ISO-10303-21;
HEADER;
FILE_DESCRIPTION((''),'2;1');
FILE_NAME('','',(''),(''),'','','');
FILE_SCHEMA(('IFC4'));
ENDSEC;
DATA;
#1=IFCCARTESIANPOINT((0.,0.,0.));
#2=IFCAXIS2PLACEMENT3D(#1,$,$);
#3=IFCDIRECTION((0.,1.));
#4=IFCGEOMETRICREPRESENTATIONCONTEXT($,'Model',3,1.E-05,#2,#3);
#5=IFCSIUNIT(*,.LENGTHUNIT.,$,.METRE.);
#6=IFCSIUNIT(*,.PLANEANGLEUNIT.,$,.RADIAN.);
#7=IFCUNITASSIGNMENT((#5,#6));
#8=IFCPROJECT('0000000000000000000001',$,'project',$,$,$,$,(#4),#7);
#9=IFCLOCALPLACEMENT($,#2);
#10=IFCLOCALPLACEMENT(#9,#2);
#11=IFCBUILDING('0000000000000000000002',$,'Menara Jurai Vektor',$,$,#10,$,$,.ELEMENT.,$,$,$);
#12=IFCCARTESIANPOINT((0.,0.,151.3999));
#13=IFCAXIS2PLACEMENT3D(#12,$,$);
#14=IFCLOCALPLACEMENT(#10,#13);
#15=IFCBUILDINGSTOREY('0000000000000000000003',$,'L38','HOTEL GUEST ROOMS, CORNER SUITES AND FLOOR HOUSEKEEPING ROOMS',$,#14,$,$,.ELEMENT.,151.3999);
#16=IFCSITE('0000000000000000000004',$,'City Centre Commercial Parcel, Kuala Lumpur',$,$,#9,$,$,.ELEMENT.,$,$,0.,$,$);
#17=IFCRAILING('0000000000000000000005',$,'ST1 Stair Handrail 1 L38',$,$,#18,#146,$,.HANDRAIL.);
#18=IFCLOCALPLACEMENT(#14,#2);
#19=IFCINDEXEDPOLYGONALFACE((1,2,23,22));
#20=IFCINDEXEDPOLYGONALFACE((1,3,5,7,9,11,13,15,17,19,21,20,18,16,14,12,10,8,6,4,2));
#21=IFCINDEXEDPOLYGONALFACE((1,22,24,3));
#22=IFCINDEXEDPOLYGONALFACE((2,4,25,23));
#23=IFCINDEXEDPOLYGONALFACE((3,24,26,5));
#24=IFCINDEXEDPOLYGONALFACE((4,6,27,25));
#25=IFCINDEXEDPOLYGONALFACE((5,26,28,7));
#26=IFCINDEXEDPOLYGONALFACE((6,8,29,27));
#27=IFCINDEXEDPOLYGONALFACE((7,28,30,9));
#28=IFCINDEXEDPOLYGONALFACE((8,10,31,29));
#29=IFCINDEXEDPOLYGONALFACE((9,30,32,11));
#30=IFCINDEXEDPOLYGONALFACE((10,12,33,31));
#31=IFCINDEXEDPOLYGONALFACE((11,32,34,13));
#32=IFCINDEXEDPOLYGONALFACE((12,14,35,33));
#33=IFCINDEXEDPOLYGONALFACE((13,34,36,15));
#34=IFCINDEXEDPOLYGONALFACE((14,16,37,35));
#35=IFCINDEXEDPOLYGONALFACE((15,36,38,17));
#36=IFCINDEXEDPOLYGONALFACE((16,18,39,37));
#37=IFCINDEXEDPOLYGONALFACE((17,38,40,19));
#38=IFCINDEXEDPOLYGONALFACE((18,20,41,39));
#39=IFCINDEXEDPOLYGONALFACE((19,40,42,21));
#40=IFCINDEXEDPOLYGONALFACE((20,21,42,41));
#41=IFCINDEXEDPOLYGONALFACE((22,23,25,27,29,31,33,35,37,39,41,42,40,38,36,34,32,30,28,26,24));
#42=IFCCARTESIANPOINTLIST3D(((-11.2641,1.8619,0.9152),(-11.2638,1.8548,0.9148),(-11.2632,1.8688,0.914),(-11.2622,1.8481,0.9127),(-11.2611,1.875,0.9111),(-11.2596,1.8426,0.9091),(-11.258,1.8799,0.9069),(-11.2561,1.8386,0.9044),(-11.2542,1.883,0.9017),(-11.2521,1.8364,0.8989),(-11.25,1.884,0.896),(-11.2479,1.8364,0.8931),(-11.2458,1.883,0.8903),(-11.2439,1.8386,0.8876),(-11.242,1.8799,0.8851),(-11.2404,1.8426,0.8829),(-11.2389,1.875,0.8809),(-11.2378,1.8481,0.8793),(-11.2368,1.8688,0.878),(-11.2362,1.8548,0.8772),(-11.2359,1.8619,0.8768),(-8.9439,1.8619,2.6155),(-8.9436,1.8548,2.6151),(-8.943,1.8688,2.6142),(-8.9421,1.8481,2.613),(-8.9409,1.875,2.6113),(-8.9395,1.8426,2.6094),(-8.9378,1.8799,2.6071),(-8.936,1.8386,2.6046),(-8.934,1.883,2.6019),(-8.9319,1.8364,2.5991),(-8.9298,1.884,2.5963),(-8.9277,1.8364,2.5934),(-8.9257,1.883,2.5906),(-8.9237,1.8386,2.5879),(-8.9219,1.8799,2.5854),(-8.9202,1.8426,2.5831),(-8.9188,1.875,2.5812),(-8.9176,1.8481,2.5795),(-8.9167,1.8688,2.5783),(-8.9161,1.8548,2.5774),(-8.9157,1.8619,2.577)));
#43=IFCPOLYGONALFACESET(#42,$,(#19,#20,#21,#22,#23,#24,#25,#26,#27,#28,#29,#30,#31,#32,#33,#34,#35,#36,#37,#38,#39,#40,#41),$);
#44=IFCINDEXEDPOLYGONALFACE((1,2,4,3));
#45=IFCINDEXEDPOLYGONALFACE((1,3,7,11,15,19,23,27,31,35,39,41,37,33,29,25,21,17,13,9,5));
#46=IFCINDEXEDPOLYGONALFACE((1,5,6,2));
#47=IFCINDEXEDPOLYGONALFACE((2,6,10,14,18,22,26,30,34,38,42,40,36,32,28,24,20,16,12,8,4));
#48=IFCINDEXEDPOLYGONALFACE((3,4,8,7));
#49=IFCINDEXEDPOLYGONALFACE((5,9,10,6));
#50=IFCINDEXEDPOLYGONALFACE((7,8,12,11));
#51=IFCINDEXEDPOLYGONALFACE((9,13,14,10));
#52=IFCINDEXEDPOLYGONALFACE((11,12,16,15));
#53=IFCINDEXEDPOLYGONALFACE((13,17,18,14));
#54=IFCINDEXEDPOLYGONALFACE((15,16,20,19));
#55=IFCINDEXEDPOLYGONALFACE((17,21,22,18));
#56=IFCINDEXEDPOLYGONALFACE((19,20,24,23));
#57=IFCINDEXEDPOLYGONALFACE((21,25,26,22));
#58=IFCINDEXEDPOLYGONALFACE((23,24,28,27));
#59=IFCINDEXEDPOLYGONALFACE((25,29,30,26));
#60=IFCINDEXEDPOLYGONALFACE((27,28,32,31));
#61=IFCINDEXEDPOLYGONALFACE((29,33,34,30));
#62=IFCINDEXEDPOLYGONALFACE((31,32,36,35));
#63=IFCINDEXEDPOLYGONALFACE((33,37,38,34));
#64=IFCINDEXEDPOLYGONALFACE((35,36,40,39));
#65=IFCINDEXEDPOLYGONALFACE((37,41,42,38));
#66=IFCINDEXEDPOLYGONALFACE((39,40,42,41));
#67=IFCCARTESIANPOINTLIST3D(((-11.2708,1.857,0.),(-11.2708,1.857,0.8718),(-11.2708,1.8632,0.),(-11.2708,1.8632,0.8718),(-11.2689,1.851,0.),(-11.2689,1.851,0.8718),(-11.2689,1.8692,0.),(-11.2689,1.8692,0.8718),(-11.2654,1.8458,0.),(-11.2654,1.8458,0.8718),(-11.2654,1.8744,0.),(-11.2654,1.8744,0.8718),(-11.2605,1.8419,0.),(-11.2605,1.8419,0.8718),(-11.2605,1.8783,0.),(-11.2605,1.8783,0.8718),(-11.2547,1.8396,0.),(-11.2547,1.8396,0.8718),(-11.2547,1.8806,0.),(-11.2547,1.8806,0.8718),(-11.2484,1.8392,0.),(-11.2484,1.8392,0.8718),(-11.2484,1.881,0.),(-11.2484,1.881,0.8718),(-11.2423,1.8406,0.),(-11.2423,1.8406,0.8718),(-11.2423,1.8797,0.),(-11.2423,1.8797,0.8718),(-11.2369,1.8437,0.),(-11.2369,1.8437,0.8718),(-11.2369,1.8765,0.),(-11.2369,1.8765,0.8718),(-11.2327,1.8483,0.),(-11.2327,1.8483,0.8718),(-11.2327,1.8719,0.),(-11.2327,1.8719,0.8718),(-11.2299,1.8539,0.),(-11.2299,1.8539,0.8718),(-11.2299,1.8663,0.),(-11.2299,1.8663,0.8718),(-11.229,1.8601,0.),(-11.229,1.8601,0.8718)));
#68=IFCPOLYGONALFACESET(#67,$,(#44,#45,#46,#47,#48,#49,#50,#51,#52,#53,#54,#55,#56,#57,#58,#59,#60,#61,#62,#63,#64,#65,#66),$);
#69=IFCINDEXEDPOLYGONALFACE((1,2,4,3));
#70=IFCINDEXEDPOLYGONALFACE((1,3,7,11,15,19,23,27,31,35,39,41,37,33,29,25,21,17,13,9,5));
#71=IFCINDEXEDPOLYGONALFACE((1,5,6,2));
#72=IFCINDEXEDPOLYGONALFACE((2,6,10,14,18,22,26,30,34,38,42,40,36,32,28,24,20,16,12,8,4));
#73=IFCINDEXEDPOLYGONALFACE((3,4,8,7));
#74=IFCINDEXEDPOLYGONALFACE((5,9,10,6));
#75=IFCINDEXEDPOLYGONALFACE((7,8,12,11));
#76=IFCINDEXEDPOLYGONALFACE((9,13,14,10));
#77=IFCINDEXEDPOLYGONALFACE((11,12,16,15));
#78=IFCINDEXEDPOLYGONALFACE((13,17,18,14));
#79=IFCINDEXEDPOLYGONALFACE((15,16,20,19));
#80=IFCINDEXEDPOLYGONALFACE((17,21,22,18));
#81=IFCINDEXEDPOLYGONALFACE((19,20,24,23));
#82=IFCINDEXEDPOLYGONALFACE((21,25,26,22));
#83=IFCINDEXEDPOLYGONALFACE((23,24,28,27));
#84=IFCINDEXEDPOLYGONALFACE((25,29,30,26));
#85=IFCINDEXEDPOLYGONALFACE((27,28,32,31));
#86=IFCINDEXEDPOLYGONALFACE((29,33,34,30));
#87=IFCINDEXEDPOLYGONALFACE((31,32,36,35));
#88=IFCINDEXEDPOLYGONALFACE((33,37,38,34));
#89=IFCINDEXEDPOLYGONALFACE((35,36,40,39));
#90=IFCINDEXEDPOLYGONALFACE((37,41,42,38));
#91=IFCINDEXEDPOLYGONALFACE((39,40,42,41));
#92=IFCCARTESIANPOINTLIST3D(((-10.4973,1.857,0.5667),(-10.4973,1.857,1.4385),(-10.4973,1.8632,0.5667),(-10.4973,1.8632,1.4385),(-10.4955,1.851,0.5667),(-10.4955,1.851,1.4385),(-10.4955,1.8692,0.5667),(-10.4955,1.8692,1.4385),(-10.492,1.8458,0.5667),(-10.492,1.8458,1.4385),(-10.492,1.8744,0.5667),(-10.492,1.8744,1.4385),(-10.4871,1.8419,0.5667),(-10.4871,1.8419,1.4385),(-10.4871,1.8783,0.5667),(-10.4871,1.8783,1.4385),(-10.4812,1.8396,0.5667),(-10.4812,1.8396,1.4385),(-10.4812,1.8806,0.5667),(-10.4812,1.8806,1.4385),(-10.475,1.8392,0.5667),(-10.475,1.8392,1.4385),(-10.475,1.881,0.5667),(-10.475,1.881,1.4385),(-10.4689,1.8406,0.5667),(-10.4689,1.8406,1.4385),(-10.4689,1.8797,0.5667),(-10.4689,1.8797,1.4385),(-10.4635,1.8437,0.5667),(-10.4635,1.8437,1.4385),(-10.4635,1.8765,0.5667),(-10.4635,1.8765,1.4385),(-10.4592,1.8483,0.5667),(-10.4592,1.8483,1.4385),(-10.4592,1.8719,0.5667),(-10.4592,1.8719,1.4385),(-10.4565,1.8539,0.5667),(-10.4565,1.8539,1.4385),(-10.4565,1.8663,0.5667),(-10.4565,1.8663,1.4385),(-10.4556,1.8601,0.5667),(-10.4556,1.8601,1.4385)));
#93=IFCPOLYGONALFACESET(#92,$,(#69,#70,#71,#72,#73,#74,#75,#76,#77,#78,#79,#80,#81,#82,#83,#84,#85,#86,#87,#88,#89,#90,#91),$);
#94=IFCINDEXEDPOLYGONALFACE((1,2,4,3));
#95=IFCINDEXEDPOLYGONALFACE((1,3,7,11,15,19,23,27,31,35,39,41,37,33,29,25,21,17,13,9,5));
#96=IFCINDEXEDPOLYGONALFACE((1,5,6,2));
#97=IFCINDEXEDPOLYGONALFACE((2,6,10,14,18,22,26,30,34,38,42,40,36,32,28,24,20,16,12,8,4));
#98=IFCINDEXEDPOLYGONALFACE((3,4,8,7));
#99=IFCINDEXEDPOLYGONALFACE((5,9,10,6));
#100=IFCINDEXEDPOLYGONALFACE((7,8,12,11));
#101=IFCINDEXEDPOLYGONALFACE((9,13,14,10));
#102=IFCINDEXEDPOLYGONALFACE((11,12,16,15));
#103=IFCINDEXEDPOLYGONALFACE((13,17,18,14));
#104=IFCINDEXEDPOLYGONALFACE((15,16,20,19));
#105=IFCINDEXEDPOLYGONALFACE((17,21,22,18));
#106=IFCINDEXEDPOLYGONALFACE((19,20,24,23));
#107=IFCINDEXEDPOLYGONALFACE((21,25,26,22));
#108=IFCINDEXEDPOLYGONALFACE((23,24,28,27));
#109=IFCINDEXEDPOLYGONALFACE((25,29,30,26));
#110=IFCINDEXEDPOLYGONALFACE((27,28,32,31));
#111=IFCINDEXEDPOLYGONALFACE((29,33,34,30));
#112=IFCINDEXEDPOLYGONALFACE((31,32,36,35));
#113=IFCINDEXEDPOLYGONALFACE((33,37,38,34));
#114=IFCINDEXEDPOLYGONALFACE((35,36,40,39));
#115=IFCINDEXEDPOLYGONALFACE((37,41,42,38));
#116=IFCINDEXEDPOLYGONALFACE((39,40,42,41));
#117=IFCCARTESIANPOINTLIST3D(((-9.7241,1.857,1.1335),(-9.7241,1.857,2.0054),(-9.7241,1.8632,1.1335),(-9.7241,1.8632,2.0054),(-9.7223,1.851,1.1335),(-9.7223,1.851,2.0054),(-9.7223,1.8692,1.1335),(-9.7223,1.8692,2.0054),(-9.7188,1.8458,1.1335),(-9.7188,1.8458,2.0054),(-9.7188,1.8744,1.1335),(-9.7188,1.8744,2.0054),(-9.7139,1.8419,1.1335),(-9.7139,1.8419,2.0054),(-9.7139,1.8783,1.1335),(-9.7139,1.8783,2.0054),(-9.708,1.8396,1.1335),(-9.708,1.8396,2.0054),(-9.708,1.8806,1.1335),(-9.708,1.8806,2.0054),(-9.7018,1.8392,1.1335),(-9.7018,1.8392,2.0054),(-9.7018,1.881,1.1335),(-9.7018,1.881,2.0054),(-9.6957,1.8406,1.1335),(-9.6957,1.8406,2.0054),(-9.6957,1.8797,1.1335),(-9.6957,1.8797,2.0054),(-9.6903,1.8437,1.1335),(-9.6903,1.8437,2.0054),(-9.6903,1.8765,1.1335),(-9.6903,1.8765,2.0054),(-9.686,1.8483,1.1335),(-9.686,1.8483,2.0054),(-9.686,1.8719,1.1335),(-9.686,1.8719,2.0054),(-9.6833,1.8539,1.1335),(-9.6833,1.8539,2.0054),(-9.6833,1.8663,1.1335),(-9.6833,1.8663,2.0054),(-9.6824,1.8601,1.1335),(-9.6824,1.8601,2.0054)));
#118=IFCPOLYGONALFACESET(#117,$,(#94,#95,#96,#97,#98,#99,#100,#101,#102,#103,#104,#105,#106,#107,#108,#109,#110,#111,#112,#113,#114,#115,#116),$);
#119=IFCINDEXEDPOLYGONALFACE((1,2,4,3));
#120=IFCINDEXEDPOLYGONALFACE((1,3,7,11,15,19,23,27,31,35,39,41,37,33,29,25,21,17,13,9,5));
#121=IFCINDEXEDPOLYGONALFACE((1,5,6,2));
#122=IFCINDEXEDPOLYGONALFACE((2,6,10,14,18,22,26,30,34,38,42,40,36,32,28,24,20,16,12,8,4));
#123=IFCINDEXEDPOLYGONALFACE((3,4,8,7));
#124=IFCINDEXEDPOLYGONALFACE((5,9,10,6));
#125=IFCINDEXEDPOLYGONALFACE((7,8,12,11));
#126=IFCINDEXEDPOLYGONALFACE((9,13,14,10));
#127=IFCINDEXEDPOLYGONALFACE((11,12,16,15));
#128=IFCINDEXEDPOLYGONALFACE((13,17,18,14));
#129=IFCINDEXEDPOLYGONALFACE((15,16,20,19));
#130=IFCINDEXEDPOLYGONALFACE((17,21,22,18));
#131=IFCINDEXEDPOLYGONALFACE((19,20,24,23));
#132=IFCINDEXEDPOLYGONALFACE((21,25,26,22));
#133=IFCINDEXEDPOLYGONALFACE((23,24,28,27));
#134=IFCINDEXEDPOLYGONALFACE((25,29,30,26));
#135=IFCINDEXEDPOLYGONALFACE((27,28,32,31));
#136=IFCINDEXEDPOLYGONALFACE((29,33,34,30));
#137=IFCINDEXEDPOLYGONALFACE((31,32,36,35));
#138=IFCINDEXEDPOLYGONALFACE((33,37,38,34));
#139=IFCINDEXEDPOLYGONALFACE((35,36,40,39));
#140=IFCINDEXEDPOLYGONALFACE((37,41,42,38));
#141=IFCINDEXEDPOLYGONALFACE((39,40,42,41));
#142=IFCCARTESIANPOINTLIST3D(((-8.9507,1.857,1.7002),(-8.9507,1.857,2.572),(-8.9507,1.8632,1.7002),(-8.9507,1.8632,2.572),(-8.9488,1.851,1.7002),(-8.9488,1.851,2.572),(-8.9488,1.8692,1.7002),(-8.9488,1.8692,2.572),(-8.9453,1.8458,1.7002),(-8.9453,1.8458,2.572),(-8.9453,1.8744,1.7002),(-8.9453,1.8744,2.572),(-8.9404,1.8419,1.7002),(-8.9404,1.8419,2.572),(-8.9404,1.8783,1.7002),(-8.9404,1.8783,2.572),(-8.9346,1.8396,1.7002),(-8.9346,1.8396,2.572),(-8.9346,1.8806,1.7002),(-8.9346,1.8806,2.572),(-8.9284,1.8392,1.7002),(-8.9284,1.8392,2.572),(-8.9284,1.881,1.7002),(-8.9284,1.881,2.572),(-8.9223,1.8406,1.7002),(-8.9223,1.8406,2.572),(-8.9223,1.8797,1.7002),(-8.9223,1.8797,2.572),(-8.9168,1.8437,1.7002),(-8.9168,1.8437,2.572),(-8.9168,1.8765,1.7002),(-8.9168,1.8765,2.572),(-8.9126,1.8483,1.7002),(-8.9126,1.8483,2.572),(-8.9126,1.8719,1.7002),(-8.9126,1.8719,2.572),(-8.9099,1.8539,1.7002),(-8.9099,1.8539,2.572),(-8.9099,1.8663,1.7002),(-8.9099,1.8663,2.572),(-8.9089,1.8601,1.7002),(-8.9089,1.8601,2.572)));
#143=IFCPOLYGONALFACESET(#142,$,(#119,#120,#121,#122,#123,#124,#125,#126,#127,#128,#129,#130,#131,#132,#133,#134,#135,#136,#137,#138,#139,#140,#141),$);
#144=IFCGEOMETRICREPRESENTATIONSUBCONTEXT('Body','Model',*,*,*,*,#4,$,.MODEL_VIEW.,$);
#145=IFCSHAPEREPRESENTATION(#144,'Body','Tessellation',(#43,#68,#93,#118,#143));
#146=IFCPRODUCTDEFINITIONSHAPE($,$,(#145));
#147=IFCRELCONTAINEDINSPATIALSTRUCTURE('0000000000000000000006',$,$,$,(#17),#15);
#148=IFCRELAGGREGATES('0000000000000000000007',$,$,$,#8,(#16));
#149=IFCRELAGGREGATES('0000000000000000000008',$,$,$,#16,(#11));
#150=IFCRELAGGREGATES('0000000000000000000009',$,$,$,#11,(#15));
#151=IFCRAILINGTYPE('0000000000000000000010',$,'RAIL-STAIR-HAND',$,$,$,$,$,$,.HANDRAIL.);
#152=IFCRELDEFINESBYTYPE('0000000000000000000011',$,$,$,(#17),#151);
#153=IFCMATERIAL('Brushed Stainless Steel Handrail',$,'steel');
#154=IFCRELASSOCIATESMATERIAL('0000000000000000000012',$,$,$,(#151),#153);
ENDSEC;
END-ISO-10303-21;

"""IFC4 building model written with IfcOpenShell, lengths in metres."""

from ifc_helpers import new_model, si_unit, direction, frame, origin, origin_2d, place, context, subcontext, project, spatial, circle, extrude, material, type_object, element, save


model = new_model("IFC4")

# Units and contexts
model_context = context("Model", 3, precision=1e-05, world=origin(), true_north=direction((0.0, 1.0)))
body_context = subcontext(model_context, "Body", "Model", "MODEL_VIEW")
ifc_project = project(units=[si_unit("LENGTHUNIT", "METRE"), si_unit("PLANEANGLEUNIT", "RADIAN")], contexts=[model_context])

# Site, building, storey
site_placement = place(None, origin())
site = spatial("IfcSite", under=ifc_project, at=site_placement, Name="City Centre Commercial Parcel, Kuala Lumpur", CompositionType="ELEMENT", RefElevation=0.0)
building_placement = place(site_placement, origin())
building = spatial("IfcBuilding", under=site, at=building_placement, Name="Menara Jurai Vektor", CompositionType="ELEMENT")
storey_placement = place(building_placement, frame((0.0, 0.0, 151.3999)))
storey = spatial("IfcBuildingStorey", under=building, at=storey_placement, Name="L38", Description="HOTEL GUEST ROOMS, CORNER SUITES AND FLOOR HOUSEKEEPING ROOMS", CompositionType="ELEMENT", Elevation=151.3999)

# Railing
ifc_material_1 = material(Name="Brushed Stainless Steel Handrail", Category="steel")
railing_type_1 = type_object("IfcRailingType", Name="RAIL-STAIR-HAND", PredefinedType="HANDRAIL", material=ifc_material_1)
railing_1_placement = place(storey_placement, frame((-11.25, 1.8601, 0.0)))
element("IfcRailing", 1, at=railing_1_placement, inside=storey, type_object=railing_type_1, Name="ST1 Stair Handrail 1 L38", PredefinedType="HANDRAIL", context=body_context, shape_type="SweptSolid", body=[
    extrude(circle(Radius=0.0239, at=origin_2d()), frame((0.0, 0.0, 0.896), z_axis=(0.806602, 0.0, 0.591095), x_axis=(0.0, 1.0, 0.0)), (0.0, 0.0, 1.0), 2.8765),
    extrude(circle(Radius=0.021, at=origin_2d()), origin(), (0.0, 0.0, 1.0), 0.8718),
    extrude(circle(Radius=0.021, at=origin_2d()), frame((0.7734, 0.0, 0.5667)), (0.0, 0.0, 1.0), 0.8718),
    extrude(circle(Radius=0.021, at=origin_2d()), frame((1.5466, 0.0, 1.1335)), (0.0, 0.0, 1.0), 0.8718),
    extrude(circle(Radius=0.021, at=origin_2d()), frame((2.3201, 0.0, 1.7002)), (0.0, 0.0, 1.0), 0.8718),
])

save(model, "model.ifc")
